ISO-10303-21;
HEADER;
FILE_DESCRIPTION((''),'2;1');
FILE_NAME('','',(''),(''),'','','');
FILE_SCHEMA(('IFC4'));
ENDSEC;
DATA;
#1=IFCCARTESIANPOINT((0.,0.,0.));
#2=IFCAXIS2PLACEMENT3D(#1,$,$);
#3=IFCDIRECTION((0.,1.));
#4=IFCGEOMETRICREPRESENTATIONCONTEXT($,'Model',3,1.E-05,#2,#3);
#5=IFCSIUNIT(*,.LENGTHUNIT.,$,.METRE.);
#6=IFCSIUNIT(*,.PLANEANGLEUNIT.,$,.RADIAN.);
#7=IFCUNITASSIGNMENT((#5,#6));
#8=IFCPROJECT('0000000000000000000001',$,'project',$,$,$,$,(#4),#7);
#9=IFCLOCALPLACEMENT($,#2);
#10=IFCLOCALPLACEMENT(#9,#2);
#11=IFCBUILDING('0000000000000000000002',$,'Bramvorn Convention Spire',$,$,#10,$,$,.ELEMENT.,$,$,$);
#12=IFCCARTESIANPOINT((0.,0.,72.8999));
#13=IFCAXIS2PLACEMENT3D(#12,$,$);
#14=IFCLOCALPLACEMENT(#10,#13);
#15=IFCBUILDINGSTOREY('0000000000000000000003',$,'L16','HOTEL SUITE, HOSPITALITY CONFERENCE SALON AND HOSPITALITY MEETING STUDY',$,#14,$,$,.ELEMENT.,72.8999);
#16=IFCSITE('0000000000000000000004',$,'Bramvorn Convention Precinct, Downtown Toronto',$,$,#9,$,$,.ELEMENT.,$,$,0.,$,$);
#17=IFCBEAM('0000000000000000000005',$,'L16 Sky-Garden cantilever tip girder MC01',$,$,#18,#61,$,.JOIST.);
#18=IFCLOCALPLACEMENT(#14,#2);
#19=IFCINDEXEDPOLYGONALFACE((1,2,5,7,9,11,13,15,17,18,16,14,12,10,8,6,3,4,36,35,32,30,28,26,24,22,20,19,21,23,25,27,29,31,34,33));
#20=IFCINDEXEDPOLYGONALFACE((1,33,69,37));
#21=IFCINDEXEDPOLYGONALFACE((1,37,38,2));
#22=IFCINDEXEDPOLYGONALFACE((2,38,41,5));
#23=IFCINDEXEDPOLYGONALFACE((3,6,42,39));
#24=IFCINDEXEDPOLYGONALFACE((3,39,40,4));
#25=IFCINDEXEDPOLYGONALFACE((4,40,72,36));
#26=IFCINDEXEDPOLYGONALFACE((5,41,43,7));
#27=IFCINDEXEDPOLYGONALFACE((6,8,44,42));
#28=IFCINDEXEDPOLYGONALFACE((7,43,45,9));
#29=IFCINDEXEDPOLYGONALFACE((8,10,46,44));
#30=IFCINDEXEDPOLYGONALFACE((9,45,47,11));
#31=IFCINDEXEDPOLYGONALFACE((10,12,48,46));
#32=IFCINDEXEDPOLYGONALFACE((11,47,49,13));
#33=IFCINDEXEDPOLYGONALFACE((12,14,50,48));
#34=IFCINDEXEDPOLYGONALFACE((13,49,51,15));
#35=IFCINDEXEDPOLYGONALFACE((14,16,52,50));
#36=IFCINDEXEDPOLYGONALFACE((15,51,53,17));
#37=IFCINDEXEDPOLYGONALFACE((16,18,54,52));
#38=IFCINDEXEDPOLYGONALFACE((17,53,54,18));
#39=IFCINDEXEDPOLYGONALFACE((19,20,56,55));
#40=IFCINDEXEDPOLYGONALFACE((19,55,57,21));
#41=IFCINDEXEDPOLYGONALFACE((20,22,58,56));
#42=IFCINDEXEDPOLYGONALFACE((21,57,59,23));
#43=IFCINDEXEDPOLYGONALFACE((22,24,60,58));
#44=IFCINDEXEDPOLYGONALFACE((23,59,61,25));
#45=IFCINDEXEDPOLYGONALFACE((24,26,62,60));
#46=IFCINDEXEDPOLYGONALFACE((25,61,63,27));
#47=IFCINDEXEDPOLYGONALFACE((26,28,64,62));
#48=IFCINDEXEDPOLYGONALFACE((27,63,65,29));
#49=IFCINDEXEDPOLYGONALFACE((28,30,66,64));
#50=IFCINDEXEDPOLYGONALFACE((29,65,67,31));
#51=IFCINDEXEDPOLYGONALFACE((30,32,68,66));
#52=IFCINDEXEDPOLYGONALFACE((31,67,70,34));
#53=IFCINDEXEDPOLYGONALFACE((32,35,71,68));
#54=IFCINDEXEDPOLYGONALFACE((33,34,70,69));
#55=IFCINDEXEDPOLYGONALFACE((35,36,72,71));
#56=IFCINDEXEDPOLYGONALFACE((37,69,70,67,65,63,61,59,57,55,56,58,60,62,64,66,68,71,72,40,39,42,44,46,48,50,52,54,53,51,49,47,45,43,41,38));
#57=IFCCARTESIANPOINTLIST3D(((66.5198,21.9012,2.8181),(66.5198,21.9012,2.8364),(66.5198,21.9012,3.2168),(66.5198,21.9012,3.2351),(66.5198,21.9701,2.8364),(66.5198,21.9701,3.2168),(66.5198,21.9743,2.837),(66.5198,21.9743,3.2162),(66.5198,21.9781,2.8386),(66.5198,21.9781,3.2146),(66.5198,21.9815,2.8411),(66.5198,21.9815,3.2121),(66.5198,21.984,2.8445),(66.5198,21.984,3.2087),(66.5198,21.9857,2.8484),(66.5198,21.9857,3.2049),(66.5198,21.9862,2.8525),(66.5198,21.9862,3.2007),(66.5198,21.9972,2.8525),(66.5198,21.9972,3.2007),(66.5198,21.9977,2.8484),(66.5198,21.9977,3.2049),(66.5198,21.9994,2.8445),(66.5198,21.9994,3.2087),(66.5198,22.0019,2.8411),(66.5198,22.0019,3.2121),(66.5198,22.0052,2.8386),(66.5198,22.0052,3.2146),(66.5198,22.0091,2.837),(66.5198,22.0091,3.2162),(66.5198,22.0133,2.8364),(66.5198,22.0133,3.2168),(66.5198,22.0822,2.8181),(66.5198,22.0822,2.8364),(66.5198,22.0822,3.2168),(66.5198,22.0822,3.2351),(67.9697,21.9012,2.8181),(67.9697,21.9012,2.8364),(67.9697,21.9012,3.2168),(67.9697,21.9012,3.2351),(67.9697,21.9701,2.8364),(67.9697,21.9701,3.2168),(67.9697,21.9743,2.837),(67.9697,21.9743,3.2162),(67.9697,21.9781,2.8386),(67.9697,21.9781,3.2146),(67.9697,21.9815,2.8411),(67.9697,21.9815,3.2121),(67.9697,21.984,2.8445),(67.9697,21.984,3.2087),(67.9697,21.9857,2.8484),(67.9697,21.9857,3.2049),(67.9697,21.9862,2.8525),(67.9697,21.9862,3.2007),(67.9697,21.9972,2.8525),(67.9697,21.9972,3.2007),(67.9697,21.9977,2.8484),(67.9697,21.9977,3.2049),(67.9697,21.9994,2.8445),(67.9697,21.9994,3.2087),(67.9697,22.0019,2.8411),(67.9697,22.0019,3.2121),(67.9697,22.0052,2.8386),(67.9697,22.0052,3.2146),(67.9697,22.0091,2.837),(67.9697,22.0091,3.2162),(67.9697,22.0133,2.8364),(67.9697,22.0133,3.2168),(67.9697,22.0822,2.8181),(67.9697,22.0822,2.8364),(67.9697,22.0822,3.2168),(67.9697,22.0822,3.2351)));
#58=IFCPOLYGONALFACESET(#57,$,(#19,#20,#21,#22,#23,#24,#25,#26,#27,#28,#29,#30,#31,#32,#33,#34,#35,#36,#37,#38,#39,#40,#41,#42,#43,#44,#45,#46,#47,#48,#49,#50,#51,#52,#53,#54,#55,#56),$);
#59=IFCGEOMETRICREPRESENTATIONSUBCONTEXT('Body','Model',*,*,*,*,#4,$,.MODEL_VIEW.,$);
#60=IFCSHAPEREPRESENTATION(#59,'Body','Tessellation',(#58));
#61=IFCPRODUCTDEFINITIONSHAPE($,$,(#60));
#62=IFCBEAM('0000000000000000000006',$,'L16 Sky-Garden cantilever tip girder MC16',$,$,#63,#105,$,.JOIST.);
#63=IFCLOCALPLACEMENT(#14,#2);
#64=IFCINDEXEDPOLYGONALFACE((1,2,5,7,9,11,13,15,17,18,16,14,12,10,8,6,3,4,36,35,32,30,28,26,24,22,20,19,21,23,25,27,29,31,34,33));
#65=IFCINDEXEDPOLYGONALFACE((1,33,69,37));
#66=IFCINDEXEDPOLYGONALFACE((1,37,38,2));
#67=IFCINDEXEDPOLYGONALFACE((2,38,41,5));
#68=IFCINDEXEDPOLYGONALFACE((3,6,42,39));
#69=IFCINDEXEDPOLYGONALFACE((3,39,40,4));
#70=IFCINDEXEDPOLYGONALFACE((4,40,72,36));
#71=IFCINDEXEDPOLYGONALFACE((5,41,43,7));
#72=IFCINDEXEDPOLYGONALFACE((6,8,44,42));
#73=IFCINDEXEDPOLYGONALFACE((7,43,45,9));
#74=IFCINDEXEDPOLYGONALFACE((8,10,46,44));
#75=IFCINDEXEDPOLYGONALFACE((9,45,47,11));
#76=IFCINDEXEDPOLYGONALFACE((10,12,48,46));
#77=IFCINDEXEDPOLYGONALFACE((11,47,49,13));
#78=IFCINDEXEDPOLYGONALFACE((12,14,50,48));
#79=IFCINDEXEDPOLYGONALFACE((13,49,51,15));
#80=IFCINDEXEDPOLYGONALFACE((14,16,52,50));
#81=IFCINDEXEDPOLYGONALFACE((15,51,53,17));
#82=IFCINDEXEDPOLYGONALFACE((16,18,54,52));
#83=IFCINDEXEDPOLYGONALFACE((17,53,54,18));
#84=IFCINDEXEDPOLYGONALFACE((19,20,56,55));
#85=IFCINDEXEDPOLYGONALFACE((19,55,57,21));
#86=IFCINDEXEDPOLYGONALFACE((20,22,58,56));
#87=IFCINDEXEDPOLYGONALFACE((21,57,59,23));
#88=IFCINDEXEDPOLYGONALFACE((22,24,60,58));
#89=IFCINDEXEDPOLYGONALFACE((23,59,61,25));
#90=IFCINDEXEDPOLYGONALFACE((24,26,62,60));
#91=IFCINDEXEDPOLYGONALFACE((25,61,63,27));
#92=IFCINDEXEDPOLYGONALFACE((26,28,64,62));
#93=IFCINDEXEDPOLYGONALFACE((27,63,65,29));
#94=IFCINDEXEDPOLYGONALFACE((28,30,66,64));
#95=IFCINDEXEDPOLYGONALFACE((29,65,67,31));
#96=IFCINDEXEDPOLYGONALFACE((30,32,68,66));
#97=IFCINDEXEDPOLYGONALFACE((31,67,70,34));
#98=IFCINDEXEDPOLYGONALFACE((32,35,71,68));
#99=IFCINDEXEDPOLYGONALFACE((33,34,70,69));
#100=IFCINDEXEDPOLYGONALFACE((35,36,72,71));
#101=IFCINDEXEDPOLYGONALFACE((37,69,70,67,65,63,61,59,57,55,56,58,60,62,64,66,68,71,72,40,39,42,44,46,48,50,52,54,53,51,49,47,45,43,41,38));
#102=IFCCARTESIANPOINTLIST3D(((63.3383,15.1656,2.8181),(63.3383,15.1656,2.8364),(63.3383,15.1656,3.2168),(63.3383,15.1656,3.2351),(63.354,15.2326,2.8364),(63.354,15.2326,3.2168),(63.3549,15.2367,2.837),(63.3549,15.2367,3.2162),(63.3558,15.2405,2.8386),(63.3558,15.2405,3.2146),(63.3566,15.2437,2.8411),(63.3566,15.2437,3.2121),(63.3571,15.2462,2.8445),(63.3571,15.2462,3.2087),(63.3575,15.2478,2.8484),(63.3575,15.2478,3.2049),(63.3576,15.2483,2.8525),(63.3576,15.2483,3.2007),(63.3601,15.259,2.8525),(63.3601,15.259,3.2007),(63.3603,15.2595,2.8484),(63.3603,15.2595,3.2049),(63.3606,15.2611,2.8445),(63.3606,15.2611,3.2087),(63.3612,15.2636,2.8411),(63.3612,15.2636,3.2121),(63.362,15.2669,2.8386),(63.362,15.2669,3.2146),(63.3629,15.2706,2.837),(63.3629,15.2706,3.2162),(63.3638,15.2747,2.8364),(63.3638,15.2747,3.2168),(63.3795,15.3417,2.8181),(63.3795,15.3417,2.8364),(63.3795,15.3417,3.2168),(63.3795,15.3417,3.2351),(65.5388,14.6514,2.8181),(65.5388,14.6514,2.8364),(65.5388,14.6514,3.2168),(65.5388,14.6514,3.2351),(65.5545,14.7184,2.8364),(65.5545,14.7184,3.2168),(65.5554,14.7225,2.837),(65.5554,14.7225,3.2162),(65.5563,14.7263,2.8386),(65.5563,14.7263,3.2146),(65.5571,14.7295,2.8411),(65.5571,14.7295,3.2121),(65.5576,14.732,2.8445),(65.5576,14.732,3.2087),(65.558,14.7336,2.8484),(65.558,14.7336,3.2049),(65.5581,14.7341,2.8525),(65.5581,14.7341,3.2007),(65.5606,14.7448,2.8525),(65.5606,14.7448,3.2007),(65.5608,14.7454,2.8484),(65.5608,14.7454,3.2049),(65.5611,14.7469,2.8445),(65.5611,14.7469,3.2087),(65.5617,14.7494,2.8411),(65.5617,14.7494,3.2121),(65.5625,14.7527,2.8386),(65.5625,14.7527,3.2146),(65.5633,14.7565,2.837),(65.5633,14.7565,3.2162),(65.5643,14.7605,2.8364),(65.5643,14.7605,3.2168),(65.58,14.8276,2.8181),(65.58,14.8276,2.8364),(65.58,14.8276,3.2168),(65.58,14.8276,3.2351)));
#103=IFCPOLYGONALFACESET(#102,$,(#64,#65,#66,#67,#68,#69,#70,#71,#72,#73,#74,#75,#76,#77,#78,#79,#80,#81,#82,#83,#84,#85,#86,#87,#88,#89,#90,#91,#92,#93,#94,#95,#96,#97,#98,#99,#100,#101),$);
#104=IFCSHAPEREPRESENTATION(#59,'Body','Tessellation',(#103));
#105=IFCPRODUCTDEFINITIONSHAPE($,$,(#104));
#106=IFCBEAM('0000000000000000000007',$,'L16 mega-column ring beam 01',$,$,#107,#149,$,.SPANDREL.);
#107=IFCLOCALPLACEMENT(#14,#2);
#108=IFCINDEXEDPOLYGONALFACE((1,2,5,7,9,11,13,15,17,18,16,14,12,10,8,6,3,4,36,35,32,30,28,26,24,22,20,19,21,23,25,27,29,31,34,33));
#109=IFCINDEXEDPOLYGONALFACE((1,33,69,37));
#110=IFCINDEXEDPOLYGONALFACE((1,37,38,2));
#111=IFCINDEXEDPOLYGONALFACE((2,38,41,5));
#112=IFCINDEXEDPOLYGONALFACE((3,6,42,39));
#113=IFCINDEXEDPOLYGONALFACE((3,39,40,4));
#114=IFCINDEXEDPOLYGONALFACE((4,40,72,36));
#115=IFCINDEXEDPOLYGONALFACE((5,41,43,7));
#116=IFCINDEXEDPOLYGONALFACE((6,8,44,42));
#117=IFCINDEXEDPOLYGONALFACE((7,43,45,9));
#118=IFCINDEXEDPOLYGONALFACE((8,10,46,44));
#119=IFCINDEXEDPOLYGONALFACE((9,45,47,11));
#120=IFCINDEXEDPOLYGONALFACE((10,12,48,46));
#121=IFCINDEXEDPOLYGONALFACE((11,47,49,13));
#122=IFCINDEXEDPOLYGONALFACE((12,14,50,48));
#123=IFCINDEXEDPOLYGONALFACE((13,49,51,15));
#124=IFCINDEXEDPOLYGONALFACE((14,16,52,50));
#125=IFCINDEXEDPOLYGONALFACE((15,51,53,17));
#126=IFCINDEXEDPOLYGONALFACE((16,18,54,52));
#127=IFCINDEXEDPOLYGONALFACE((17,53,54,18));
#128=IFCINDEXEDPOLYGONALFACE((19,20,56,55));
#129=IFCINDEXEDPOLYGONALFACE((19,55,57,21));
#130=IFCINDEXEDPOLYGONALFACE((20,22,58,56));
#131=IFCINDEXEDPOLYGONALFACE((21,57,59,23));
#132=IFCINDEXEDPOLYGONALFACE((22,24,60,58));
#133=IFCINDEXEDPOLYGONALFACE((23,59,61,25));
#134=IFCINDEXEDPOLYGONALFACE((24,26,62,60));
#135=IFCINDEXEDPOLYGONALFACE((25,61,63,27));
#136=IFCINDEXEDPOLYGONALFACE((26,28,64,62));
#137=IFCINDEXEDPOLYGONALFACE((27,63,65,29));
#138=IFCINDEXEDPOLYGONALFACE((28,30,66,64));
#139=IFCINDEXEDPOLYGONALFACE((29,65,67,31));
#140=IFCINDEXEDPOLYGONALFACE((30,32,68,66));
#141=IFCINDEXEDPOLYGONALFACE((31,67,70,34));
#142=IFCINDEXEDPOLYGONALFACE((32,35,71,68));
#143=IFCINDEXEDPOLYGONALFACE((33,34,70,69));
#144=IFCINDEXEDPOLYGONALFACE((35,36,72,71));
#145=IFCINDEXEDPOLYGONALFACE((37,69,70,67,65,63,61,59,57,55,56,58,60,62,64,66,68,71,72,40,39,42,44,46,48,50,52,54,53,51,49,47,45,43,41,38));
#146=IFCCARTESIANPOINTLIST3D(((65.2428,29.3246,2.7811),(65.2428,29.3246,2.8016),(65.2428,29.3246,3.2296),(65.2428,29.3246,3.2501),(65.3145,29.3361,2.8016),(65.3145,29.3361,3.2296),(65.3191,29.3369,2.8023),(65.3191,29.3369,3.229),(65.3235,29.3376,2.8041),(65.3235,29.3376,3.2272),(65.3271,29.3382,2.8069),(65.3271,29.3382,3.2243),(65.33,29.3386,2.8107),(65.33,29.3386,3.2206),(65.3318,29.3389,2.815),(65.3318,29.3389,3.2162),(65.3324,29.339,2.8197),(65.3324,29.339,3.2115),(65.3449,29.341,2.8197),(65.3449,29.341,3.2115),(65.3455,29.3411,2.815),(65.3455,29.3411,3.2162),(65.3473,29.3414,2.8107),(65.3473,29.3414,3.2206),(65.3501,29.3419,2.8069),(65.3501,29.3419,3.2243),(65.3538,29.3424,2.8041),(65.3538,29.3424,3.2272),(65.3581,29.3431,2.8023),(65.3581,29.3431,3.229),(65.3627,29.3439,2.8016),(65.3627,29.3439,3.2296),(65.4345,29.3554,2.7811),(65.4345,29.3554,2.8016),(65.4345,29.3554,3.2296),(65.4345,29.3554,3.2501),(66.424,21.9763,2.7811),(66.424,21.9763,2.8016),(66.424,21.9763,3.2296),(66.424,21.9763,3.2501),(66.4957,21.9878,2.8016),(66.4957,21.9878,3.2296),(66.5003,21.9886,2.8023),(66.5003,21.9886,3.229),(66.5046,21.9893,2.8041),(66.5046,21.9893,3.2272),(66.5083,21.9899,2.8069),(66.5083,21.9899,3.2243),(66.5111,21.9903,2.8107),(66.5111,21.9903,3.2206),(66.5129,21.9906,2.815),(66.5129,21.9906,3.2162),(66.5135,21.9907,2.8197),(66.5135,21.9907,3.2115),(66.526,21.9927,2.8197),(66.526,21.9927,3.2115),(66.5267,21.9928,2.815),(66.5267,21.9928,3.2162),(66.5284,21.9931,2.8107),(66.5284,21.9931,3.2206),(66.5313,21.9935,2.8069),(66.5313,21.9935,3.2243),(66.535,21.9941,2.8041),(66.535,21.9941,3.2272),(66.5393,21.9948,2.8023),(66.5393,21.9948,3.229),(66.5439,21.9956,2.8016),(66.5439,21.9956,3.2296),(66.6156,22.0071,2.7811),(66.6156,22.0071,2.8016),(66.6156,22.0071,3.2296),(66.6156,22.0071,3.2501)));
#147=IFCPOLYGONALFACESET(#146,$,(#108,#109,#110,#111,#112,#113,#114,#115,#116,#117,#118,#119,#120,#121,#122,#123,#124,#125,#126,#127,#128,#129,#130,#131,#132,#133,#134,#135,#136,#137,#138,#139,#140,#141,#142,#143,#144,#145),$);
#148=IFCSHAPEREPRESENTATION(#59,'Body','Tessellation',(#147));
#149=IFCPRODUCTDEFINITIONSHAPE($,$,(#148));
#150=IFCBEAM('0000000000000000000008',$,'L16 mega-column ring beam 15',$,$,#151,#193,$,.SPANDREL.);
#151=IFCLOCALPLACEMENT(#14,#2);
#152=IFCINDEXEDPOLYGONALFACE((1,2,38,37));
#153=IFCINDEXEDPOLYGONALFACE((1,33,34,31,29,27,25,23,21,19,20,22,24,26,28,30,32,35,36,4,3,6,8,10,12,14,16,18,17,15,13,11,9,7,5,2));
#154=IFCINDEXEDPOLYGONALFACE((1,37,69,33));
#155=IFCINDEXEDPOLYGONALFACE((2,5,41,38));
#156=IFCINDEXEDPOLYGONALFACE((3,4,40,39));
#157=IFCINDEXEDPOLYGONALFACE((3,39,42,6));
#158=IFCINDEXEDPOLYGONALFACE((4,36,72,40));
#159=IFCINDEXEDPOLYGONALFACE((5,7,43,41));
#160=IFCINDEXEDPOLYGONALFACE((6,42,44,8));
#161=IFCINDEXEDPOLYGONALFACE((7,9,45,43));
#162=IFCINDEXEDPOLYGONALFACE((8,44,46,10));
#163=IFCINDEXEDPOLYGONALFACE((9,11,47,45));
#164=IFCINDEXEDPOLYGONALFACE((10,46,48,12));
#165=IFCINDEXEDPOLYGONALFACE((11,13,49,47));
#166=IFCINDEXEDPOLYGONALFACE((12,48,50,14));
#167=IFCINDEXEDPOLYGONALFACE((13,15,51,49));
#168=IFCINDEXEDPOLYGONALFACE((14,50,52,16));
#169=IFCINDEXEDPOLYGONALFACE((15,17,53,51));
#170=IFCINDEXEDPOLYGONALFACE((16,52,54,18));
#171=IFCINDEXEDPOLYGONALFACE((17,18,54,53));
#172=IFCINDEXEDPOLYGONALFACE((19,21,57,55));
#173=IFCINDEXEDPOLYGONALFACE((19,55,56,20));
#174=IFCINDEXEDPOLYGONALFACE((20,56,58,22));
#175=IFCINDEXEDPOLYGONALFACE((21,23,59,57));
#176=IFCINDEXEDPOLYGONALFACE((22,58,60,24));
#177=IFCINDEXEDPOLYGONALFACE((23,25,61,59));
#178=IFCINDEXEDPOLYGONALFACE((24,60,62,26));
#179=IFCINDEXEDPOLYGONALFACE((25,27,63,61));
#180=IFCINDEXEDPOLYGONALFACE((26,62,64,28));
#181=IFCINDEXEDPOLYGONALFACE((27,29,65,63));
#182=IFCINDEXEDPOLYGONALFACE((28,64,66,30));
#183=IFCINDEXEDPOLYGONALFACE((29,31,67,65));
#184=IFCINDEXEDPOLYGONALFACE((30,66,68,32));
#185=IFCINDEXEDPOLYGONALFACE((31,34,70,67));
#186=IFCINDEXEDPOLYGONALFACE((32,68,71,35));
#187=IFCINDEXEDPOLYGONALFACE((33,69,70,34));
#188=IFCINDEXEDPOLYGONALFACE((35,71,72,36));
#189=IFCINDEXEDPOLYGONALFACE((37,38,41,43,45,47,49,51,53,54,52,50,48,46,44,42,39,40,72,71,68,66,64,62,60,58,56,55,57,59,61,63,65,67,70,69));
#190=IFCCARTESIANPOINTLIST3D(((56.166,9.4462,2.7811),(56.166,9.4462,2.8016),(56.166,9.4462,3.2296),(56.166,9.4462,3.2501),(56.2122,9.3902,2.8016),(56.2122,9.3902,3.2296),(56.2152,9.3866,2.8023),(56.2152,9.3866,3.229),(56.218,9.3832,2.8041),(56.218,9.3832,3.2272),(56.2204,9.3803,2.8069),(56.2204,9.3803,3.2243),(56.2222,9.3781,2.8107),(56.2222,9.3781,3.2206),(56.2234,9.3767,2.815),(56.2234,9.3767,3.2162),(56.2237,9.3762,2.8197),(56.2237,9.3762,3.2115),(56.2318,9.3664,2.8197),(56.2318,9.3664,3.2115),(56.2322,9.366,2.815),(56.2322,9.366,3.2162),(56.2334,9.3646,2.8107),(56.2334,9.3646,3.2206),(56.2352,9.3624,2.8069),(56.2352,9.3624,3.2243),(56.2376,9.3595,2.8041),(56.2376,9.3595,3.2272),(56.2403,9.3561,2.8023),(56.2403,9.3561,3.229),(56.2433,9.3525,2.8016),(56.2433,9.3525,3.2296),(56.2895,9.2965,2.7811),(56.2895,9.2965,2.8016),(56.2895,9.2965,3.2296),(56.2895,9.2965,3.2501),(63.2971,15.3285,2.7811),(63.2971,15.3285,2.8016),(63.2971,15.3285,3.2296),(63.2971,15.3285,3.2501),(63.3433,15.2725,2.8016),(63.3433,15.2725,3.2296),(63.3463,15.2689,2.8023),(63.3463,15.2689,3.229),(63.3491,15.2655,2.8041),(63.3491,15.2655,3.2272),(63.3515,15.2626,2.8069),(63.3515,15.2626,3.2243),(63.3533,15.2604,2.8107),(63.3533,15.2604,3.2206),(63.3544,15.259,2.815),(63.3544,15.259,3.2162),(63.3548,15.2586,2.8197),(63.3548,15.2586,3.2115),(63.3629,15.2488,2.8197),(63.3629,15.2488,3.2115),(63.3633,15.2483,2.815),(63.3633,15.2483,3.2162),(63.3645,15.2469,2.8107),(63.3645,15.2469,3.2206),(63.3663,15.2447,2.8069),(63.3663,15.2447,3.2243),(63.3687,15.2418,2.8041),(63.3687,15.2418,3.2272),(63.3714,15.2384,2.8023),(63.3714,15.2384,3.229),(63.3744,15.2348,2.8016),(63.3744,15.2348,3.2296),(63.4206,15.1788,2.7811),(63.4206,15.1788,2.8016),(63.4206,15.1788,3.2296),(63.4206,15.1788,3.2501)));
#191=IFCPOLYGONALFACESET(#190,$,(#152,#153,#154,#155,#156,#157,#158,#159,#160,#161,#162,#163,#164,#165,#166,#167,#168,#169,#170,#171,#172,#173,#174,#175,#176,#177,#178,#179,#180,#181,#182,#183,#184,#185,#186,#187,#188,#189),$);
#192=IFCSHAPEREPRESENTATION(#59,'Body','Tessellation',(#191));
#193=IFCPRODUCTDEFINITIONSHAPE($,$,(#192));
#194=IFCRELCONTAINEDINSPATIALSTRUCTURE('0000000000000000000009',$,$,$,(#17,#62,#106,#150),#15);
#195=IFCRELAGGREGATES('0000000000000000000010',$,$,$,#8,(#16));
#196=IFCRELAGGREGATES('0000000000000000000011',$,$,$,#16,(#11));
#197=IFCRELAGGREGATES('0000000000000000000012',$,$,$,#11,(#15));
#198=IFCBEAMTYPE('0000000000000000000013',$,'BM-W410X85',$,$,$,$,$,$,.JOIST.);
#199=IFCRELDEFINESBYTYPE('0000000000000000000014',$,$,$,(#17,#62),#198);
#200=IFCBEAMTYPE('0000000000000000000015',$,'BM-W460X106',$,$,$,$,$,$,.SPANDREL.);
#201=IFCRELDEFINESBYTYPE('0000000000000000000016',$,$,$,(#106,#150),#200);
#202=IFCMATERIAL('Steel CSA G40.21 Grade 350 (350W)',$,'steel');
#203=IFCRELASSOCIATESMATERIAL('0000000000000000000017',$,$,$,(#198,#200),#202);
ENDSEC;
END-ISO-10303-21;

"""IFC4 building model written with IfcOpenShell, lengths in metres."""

from ifc_helpers import new_model, si_unit, direction, frame, origin, origin_2d, place, context, subcontext, project, spatial, i_section, extrude, material, material_profile, profile_set, type_object, element, save


model = new_model("IFC4")

# Units and contexts
model_context = context("Model", 3, precision=1e-05, world=origin(), true_north=direction((0.0, 1.0)))
body_context = subcontext(model_context, "Body", "Model", "MODEL_VIEW")
ifc_project = project(units=[si_unit("LENGTHUNIT", "METRE"), si_unit("PLANEANGLEUNIT", "RADIAN")], contexts=[model_context])

# Site, building, storey
site_placement = place(None, origin())
site = spatial("IfcSite", under=ifc_project, at=site_placement, Name="Bramvorn Convention Precinct, Downtown Toronto", CompositionType="ELEMENT", RefElevation=0.0)
building_placement = place(site_placement, origin())
building = spatial("IfcBuilding", under=site, at=building_placement, Name="Bramvorn Convention Spire", CompositionType="ELEMENT")
storey_placement = place(building_placement, frame((0.0, 0.0, 72.8999)))
storey = spatial("IfcBuildingStorey", under=building, at=storey_placement, Name="L16", Description="HOTEL SUITE, HOSPITALITY CONFERENCE SALON AND HOSPITALITY MEETING STUDY", CompositionType="ELEMENT", Elevation=72.8999)

# Shared definitions
ifc_material_1 = material(Name="Steel CSA G40.21 Grade 350 (350W)", Category="steel")

# Beams
ifc_material_profile_1 = material_profile(ifc_material_1, i_section(OverallWidth=0.1809, OverallDepth=0.417, WebThickness=0.011, FlangeThickness=0.0183, FilletRadius=0.0161, at=origin_2d()))
ifc_profile_set_1 = profile_set([ifc_material_profile_1], Name="Steel CSA G40.21 Grade 350 (350W) - W410X85")
beam_type_1 = type_object("IfcBeamType", Name="BM-W410X85", PredefinedType="JOIST", material=ifc_profile_set_1)
beam_1_placement = place(storey_placement, frame((66.5198, 21.9917, 3.0266), z_axis=(1.0, 0.0, 0.0), x_axis=(0.0, 1.0, 0.0)))
element("IfcBeam", 1, at=beam_1_placement, inside=storey, type_object=beam_type_1, Name="L16 Sky-Garden cantilever tip girder MC01", PredefinedType="JOIST", context=body_context, shape_type="SweptSolid", body=[
    extrude(i_section(OverallWidth=0.1809, OverallDepth=0.417, WebThickness=0.011, FlangeThickness=0.0183, FilletRadius=0.0161, at=origin_2d()), origin(), (0.0, 0.0, 1.0), 1.45),
])
beam_2_placement = place(storey_placement, frame((63.3589, 15.2537, 3.0266), z_axis=(0.97377, -0.227534, 0.0), x_axis=(0.227534, 0.97377, 0.0)))
element("IfcBeam", 2, at=beam_2_placement, inside=storey, type_object=beam_type_1, Name="L16 Sky-Garden cantilever tip girder MC16", PredefinedType="JOIST", context=body_context, shape_type="SweptSolid", body=[
    extrude(i_section(OverallWidth=0.1809, OverallDepth=0.417, WebThickness=0.011, FlangeThickness=0.0183, FilletRadius=0.0161, at=origin_2d()), origin(), (0.0, 0.0, 1.0), 2.2598),
])
ifc_material_profile_2 = material_profile(ifc_material_1, i_section(OverallWidth=0.1941, OverallDepth=0.469, WebThickness=0.0127, FlangeThickness=0.0205, FilletRadius=0.0181, at=origin_2d()))
ifc_profile_set_2 = profile_set([ifc_material_profile_2], Name="Steel CSA G40.21 Grade 350 (350W) - W460X106")
beam_type_2 = type_object("IfcBeamType", Name="BM-W460X106", PredefinedType="SPANDREL", material=ifc_profile_set_2)
beam_3_placement = place(storey_placement, frame((66.5198, 21.9917, 3.0156), z_axis=(-0.158699, 0.987327, 0.0), x_axis=(-0.987327, -0.158699, 0.0)))
element("IfcBeam", 3, at=beam_3_placement, inside=storey, type_object=beam_type_2, Name="L16 mega-column ring beam 01", PredefinedType="SPANDREL", context=body_context, shape_type="SweptSolid", body=[
    extrude(i_section(OverallWidth=0.1941, OverallDepth=0.469, WebThickness=0.0127, FlangeThickness=0.0205, FilletRadius=0.0181, at=origin_2d()), origin(), (0.0, 0.0, 1.0), 7.4426),
])
beam_4_placement = place(storey_placement, frame((56.2278, 9.3713, 3.0156), z_axis=(0.771418, 0.636329, 0.0), x_axis=(-0.636329, 0.771418, 0.0)))
element("IfcBeam", 4, at=beam_4_placement, inside=storey, type_object=beam_type_2, Name="L16 mega-column ring beam 15", PredefinedType="SPANDREL", context=body_context, shape_type="SweptSolid", body=[
    extrude(i_section(OverallWidth=0.1941, OverallDepth=0.469, WebThickness=0.0127, FlangeThickness=0.0205, FilletRadius=0.0181, at=origin_2d()), origin(), (0.0, 0.0, 1.0), 9.2441),
])

save(model, "model.ifc")
